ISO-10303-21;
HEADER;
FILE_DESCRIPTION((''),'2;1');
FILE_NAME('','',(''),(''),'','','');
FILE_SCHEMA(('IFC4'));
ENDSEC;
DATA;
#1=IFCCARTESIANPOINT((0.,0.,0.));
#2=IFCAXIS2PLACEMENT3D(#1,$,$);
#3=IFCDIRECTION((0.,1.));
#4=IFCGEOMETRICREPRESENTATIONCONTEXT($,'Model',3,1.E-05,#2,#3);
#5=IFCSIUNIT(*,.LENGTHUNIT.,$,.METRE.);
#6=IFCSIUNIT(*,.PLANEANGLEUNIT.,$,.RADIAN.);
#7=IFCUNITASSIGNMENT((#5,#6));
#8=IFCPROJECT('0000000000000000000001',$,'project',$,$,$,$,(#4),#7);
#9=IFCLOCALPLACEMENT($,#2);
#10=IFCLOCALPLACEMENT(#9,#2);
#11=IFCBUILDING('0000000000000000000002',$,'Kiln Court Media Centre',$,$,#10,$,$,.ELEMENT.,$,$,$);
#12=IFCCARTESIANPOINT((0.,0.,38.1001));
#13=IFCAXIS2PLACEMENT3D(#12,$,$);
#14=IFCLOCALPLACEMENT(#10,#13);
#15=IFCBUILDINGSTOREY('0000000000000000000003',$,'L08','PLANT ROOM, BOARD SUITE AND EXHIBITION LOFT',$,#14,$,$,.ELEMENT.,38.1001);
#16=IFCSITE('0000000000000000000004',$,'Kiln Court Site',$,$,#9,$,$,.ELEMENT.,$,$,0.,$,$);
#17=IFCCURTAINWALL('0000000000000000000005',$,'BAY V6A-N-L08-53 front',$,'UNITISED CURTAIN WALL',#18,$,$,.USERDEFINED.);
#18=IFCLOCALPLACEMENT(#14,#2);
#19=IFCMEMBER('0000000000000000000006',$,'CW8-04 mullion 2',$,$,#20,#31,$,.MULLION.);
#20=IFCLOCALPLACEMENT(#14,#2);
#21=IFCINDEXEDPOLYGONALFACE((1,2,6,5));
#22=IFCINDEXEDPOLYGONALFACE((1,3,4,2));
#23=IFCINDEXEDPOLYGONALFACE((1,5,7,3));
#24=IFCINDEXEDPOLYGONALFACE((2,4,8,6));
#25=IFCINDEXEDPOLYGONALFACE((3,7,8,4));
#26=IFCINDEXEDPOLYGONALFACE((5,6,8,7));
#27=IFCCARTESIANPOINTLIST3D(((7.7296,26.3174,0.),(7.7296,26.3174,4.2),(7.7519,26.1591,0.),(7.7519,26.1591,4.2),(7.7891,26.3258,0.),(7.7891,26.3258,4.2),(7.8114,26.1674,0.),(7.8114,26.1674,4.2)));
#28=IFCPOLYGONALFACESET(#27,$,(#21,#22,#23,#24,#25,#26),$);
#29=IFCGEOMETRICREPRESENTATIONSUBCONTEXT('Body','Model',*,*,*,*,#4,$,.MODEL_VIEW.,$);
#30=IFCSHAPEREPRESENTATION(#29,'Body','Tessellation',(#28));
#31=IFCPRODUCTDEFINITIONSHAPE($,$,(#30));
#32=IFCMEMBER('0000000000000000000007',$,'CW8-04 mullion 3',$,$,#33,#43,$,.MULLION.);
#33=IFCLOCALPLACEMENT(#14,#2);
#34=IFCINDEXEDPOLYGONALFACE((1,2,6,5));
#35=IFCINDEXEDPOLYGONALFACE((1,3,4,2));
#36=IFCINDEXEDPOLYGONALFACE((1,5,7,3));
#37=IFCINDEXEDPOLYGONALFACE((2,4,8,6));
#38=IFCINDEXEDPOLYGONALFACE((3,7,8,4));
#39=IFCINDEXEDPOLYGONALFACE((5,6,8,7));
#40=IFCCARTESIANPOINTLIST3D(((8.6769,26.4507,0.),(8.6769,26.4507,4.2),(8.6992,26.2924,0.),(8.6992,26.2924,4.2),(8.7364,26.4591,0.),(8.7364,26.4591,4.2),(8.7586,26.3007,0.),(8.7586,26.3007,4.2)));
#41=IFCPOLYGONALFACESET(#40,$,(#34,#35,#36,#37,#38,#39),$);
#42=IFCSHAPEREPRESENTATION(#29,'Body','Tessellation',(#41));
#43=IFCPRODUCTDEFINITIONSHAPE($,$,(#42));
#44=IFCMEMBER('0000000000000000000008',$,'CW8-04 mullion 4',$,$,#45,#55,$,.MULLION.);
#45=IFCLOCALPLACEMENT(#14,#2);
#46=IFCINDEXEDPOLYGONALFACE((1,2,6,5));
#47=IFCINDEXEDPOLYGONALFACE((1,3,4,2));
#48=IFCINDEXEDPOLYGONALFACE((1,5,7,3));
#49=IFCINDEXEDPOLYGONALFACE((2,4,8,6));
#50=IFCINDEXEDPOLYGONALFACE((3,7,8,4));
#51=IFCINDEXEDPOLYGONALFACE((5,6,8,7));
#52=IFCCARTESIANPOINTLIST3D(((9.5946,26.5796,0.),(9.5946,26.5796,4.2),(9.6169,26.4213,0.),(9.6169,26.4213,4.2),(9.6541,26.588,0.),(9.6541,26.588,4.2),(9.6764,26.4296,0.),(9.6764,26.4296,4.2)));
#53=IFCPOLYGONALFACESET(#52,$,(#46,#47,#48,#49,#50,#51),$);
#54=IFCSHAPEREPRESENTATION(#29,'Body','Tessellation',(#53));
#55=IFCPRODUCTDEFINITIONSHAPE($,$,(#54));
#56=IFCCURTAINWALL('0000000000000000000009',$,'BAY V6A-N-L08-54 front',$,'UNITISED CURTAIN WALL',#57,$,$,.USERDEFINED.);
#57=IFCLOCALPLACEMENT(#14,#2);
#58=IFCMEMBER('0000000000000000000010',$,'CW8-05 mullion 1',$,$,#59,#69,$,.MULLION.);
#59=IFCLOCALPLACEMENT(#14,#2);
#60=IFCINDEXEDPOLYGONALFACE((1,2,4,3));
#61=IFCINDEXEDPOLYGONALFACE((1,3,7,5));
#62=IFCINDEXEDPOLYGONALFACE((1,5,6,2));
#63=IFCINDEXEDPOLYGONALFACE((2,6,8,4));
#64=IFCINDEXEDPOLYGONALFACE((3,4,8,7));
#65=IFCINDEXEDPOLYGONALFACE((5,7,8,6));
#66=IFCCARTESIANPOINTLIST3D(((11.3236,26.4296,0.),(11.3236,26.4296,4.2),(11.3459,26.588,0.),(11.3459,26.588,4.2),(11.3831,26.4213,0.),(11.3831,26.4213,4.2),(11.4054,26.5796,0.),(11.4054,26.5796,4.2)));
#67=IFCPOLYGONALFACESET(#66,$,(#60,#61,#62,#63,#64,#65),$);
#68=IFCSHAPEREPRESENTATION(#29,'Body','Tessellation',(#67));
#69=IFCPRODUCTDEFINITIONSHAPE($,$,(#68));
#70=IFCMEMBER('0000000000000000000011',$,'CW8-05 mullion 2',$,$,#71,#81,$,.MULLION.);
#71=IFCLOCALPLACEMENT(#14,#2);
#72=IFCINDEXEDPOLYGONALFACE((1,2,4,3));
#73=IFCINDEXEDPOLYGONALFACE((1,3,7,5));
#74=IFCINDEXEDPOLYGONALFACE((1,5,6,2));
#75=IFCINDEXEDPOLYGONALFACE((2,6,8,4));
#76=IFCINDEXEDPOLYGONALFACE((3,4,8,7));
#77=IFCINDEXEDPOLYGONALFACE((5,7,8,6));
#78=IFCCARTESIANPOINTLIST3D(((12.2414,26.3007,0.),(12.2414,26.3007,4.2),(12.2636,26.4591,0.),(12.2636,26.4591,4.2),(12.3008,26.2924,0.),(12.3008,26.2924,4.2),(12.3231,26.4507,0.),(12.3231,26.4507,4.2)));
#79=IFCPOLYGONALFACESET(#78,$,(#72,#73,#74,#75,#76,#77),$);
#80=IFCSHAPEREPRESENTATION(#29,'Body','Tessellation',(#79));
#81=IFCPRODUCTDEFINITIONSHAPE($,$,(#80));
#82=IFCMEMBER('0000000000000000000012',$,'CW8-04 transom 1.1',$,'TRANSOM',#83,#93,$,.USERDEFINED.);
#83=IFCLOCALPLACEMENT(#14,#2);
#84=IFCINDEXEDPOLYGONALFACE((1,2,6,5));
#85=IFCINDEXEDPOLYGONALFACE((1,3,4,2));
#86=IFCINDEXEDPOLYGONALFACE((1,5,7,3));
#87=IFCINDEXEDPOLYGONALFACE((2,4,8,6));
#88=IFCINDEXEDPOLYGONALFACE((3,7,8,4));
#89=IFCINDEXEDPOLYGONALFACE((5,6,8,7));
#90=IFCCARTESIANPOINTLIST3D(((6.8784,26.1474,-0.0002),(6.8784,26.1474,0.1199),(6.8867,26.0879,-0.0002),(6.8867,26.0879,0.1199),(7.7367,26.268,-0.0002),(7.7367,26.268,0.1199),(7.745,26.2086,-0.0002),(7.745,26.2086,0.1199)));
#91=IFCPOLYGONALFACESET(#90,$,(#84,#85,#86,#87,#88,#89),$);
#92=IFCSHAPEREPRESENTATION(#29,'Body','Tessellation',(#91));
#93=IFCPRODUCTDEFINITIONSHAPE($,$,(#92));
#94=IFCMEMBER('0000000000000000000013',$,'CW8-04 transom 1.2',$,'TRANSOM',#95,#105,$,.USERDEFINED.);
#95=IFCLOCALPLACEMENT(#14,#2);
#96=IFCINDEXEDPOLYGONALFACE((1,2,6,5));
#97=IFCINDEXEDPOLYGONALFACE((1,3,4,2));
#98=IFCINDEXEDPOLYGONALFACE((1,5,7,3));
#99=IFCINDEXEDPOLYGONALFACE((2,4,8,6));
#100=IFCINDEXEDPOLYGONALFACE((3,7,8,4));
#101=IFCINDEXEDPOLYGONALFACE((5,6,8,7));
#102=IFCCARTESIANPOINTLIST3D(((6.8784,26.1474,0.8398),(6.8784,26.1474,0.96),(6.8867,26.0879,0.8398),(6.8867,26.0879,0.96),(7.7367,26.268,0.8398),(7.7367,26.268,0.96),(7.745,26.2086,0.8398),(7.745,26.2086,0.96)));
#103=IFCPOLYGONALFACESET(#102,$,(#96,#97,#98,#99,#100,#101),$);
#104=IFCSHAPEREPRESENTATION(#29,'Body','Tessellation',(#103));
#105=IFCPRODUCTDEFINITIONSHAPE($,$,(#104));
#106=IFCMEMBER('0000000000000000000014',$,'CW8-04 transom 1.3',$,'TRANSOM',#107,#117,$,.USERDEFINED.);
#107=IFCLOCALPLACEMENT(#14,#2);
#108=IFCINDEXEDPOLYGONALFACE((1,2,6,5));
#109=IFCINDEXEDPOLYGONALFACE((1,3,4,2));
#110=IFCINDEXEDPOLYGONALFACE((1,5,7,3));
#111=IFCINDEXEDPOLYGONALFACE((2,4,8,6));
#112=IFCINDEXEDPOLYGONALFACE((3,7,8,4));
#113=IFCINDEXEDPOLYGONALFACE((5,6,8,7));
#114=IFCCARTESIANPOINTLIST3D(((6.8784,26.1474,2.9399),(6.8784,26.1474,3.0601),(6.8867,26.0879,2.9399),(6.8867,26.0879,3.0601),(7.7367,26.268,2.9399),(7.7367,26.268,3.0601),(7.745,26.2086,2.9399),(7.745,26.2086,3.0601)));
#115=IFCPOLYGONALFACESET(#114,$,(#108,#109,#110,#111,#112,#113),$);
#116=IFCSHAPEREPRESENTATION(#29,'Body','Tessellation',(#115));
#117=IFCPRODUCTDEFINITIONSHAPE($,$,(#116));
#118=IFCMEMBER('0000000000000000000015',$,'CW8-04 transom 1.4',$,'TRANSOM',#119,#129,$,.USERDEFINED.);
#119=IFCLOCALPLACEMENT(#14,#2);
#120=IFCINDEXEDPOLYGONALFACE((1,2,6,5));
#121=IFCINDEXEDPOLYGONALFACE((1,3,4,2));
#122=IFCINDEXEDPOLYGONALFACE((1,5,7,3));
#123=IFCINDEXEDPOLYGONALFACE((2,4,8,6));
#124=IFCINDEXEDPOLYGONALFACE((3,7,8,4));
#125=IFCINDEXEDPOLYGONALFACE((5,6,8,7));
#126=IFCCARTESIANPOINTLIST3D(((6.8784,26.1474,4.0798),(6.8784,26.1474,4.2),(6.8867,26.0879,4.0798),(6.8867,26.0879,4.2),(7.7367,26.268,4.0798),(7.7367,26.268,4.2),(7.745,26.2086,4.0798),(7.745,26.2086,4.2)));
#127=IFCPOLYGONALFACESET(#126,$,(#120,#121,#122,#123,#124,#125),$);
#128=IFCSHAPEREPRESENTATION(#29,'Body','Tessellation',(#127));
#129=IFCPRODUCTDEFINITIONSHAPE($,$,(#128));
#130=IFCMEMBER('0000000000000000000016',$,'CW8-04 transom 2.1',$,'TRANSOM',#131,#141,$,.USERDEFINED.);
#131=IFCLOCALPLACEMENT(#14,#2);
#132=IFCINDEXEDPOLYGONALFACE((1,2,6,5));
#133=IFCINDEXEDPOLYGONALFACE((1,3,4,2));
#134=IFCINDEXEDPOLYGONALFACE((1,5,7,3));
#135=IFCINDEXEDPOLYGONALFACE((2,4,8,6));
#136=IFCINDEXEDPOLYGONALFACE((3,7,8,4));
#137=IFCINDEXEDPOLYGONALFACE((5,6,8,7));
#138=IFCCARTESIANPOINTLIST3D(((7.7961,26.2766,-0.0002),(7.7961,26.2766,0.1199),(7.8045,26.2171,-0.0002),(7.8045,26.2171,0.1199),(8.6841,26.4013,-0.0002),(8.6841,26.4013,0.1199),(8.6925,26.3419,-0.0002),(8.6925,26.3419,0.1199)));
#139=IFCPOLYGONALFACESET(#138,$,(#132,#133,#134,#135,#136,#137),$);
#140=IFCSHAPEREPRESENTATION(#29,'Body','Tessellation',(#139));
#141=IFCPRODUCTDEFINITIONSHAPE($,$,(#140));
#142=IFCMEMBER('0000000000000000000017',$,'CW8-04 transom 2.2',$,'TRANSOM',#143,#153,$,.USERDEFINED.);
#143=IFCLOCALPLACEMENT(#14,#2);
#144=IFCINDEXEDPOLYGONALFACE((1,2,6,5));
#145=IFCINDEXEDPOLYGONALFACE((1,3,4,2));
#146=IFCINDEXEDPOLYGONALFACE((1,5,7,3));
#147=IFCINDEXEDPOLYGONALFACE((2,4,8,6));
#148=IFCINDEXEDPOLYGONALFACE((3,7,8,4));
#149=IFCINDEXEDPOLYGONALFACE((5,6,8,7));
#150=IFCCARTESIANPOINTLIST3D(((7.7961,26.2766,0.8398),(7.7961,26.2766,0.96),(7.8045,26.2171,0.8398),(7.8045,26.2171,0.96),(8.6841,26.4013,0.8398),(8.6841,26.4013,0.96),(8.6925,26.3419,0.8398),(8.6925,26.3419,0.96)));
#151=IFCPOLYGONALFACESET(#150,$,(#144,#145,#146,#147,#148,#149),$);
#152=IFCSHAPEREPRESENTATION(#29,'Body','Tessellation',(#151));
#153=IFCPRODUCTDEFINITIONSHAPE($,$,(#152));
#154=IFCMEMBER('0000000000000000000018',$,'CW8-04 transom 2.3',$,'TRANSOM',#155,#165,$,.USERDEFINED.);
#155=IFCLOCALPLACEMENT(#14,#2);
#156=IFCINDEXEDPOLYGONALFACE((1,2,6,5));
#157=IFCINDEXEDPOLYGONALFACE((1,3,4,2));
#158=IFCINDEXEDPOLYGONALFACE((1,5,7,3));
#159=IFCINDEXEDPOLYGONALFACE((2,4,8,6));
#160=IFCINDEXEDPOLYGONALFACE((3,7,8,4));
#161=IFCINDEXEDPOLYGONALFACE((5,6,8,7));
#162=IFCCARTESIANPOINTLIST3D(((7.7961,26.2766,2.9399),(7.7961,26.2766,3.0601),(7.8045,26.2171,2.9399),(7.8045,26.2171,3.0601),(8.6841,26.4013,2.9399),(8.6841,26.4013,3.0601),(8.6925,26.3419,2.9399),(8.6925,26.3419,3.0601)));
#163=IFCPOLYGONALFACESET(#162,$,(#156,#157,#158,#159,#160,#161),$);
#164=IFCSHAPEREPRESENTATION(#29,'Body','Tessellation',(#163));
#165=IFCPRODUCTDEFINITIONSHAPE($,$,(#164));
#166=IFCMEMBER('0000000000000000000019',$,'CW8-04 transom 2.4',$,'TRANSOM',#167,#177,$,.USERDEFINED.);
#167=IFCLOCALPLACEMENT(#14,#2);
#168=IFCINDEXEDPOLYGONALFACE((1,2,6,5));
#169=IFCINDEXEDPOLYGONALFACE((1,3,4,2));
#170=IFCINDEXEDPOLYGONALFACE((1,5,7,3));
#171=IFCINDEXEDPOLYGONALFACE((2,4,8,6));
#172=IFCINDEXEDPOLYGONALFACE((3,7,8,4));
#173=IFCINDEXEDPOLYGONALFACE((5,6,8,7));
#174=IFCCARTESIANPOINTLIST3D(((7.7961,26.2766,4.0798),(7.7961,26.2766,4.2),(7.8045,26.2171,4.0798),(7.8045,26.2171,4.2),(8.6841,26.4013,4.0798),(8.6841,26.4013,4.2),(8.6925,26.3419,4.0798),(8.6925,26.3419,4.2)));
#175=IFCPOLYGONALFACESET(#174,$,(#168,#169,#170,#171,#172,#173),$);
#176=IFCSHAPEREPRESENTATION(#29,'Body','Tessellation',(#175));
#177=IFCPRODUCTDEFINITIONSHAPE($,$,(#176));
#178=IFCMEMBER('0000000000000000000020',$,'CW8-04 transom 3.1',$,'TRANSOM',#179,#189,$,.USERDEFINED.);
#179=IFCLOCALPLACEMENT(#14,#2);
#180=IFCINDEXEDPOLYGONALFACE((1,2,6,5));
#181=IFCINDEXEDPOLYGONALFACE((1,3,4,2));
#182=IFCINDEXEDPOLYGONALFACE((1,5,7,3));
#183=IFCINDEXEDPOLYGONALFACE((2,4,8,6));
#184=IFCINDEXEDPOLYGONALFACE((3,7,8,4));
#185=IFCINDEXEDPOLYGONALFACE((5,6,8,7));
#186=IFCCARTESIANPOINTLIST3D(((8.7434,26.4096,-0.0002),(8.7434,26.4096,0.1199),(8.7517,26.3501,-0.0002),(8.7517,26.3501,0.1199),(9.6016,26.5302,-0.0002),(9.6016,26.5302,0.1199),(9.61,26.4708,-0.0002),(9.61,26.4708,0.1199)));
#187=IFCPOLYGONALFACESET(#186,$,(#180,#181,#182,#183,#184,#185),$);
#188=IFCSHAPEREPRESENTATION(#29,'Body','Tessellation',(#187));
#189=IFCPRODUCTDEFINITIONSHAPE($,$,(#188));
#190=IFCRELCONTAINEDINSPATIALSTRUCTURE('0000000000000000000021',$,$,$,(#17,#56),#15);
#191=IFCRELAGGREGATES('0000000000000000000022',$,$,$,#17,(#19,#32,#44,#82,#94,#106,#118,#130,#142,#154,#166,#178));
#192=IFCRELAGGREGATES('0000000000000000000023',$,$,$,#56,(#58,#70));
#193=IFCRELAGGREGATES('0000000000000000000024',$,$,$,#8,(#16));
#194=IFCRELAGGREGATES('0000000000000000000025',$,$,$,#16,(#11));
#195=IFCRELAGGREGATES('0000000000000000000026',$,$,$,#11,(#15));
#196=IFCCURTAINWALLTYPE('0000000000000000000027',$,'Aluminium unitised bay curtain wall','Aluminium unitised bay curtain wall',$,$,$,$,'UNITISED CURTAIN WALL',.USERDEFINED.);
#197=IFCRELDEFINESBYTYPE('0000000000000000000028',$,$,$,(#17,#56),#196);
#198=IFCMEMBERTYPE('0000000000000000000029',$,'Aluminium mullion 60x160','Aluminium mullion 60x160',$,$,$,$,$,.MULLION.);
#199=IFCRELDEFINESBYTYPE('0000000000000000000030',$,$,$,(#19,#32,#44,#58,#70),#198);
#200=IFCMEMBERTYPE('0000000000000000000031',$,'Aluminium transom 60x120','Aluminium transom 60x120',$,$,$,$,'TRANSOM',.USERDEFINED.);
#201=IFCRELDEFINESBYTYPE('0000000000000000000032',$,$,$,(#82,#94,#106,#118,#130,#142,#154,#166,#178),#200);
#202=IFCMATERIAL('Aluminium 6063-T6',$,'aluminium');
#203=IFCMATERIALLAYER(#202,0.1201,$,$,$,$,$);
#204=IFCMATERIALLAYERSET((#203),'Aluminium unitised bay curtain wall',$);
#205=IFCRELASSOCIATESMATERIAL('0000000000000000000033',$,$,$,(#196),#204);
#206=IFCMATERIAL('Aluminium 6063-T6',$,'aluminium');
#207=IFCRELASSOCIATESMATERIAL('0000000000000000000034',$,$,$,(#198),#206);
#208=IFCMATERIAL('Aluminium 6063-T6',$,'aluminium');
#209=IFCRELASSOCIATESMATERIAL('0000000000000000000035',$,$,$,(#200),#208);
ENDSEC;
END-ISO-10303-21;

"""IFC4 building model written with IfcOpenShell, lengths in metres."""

from ifc_helpers import new_model, si_unit, direction, frame, origin, origin_2d, place, context, subcontext, project, spatial, rectangle, extrude, material, layer, layer_set, material_profile, profile_set, type_object, element, aggregate, save


model = new_model("IFC4")

# Units and contexts
model_context = context("Model", 3, precision=1e-05, world=origin(), true_north=direction((0.0, 1.0)))
body_context = subcontext(model_context, "Body", "Model", "MODEL_VIEW")
ifc_project = project(units=[si_unit("LENGTHUNIT", "METRE"), si_unit("PLANEANGLEUNIT", "RADIAN")], contexts=[model_context])

# Site, building, storey
site_placement = place(None, origin())
site = spatial("IfcSite", under=ifc_project, at=site_placement, Name="Kiln Court Site", CompositionType="ELEMENT", RefElevation=0.0)
building_placement = place(site_placement, origin())
building = spatial("IfcBuilding", under=site, at=building_placement, Name="Kiln Court Media Centre", CompositionType="ELEMENT")
storey_placement = place(building_placement, frame((0.0, 0.0, 38.1001)))
storey = spatial("IfcBuildingStorey", under=building, at=storey_placement, Name="L08", Description="PLANT ROOM, BOARD SUITE AND EXHIBITION LOFT", CompositionType="ELEMENT", Elevation=38.1001)

# Curtain walls, members
ifc_material_1 = material(Name="Aluminium 6063-T6", Category="aluminium")
ifc_layer_1 = layer(ifc_material_1, 0.1201)
ifc_layer_set_1 = layer_set([ifc_layer_1], Name="Aluminium unitised bay curtain wall")
curtain_wall_type = type_object("IfcCurtainWallType", Name="Aluminium unitised bay curtain wall", Description="Aluminium unitised bay curtain wall", ElementType="UNITISED CURTAIN WALL", PredefinedType="USERDEFINED", material=ifc_layer_set_1)
curtain_wall_1_placement = place(storey_placement, origin())
curtain_wall_1 = element("IfcCurtainWall", 1, at=curtain_wall_1_placement, inside=storey, type_object=curtain_wall_type, Name="BAY V6A-N-L08-53 front", ObjectType="UNITISED CURTAIN WALL", PredefinedType="USERDEFINED")
ifc_material_2 = material(Name="Aluminium 6063-T6", Category="aluminium")
ifc_material_profile_1 = material_profile(ifc_material_2, rectangle(XDim=0.0601, YDim=0.1599, at=origin_2d()), Name="Aluminium mullion 60x160")
ifc_profile_set_1 = profile_set([ifc_material_profile_1], Name="Aluminium 6063-T6")
member_type_1 = type_object("IfcMemberType", Name="Aluminium mullion 60x160", Description="Aluminium mullion 60x160", PredefinedType="MULLION", material=ifc_profile_set_1)
member_1_placement = place(storey_placement, frame((7.7705, 26.2424, 0.0), z_axis=(0.0, 0.0, 1.0), x_axis=(0.99027, 0.139162, 0.0)))
member_1 = element("IfcMember", 2, at=member_1_placement, type_object=member_type_1, Name="CW8-04 mullion 2", PredefinedType="MULLION", context=body_context, shape_type="SweptSolid", body=[
    extrude(rectangle(XDim=0.0601, YDim=0.1599, at=origin_2d()), origin(), (0.0, 0.0, 1.0), 4.2),
])
member_2_placement = place(storey_placement, frame((8.7178, 26.3757, 0.0), z_axis=(0.0, 0.0, 1.0), x_axis=(0.99027, 0.139162, 0.0)))
member_2 = element("IfcMember", 3, at=member_2_placement, type_object=member_type_1, Name="CW8-04 mullion 3", PredefinedType="MULLION", context=body_context, shape_type="SweptSolid", body=[
    extrude(rectangle(XDim=0.0601, YDim=0.1599, at=origin_2d()), origin(), (0.0, 0.0, 1.0), 4.2),
])
member_3_placement = place(storey_placement, frame((9.6355, 26.5046, 0.0), z_axis=(0.0, 0.0, 1.0), x_axis=(0.99027, 0.139162, 0.0)))
member_3 = element("IfcMember", 4, at=member_3_placement, type_object=member_type_1, Name="CW8-04 mullion 4", PredefinedType="MULLION", context=body_context, shape_type="SweptSolid", body=[
    extrude(rectangle(XDim=0.0601, YDim=0.1599, at=origin_2d()), origin(), (0.0, 0.0, 1.0), 4.2),
])
curtain_wall_2_placement = place(storey_placement, origin())
curtain_wall_2 = element("IfcCurtainWall", 5, at=curtain_wall_2_placement, inside=storey, type_object=curtain_wall_type, Name="BAY V6A-N-L08-54 front", ObjectType="UNITISED CURTAIN WALL", PredefinedType="USERDEFINED")
member_4_placement = place(storey_placement, frame((11.3645, 26.5046, 0.0), z_axis=(0.0, 0.0, 1.0), x_axis=(0.99027, -0.139162, 0.0)))
member_4 = element("IfcMember", 6, at=member_4_placement, type_object=member_type_1, Name="CW8-05 mullion 1", PredefinedType="MULLION", context=body_context, shape_type="SweptSolid", body=[
    extrude(rectangle(XDim=0.0601, YDim=0.1599, at=origin_2d()), origin(), (0.0, 0.0, 1.0), 4.2),
])
member_5_placement = place(storey_placement, frame((12.2822, 26.3757, 0.0), z_axis=(0.0, 0.0, 1.0), x_axis=(0.99027, -0.139162, 0.0)))
member_5 = element("IfcMember", 7, at=member_5_placement, type_object=member_type_1, Name="CW8-05 mullion 2", PredefinedType="MULLION", context=body_context, shape_type="SweptSolid", body=[
    extrude(rectangle(XDim=0.0601, YDim=0.1599, at=origin_2d()), origin(), (0.0, 0.0, 1.0), 4.2),
])

# Members
ifc_material_3 = material(Name="Aluminium 6063-T6", Category="aluminium")
ifc_material_profile_2 = material_profile(ifc_material_3, rectangle(XDim=0.0601, YDim=0.1201, at=origin_2d()), Name="Aluminium transom 60x120")
ifc_profile_set_2 = profile_set([ifc_material_profile_2], Name="Aluminium 6063-T6")
member_type_2 = type_object("IfcMemberType", Name="Aluminium transom 60x120", Description="Aluminium transom 60x120", ElementType="TRANSOM", PredefinedType="USERDEFINED", material=ifc_profile_set_2)
member_6_placement = place(storey_placement, frame((6.8826, 26.1177, 0.0598), z_axis=(0.990268, 0.139173, 0.0), x_axis=(-0.139173, 0.990268, 0.0)))
member_6 = element("IfcMember", 8, at=member_6_placement, type_object=member_type_2, Name="CW8-04 transom 1.1", ObjectType="TRANSOM", PredefinedType="USERDEFINED", context=body_context, shape_type="SweptSolid", body=[
    extrude(rectangle(XDim=0.0601, YDim=0.1201, at=origin_2d()), origin(), (0.0, 0.0, 1.0), 0.8667),
])
member_7_placement = place(storey_placement, frame((6.8826, 26.1177, 0.8999), z_axis=(0.990268, 0.139173, 0.0), x_axis=(-0.139173, 0.990268, 0.0)))
member_7 = element("IfcMember", 9, at=member_7_placement, type_object=member_type_2, Name="CW8-04 transom 1.2", ObjectType="TRANSOM", PredefinedType="USERDEFINED", context=body_context, shape_type="SweptSolid", body=[
    extrude(rectangle(XDim=0.0601, YDim=0.1201, at=origin_2d()), origin(), (0.0, 0.0, 1.0), 0.8667),
])
member_8_placement = place(storey_placement, frame((6.8826, 26.1177, 3.0), z_axis=(0.990268, 0.139173, 0.0), x_axis=(-0.139173, 0.990268, 0.0)))
member_8 = element("IfcMember", 10, at=member_8_placement, type_object=member_type_2, Name="CW8-04 transom 1.3", ObjectType="TRANSOM", PredefinedType="USERDEFINED", context=body_context, shape_type="SweptSolid", body=[
    extrude(rectangle(XDim=0.0601, YDim=0.1201, at=origin_2d()), origin(), (0.0, 0.0, 1.0), 0.8667),
])
member_9_placement = place(storey_placement, frame((6.8826, 26.1177, 4.1399), z_axis=(0.990268, 0.139173, 0.0), x_axis=(-0.139173, 0.990268, 0.0)))
member_9 = element("IfcMember", 11, at=member_9_placement, type_object=member_type_2, Name="CW8-04 transom 1.4", ObjectType="TRANSOM", PredefinedType="USERDEFINED", context=body_context, shape_type="SweptSolid", body=[
    extrude(rectangle(XDim=0.0601, YDim=0.1201, at=origin_2d()), origin(), (0.0, 0.0, 1.0), 0.8667),
])
member_10_placement = place(storey_placement, frame((7.8003, 26.2468, 0.0598), z_axis=(0.990274, 0.139134, 0.0), x_axis=(-0.139134, 0.990274, 0.0)))
member_10 = element("IfcMember", 12, at=member_10_placement, type_object=member_type_2, Name="CW8-04 transom 2.1", ObjectType="TRANSOM", PredefinedType="USERDEFINED", context=body_context, shape_type="SweptSolid", body=[
    extrude(rectangle(XDim=0.0601, YDim=0.1201, at=origin_2d()), origin(), (0.0, 0.0, 1.0), 0.8967),
])
member_11_placement = place(storey_placement, frame((7.8003, 26.2468, 0.8999), z_axis=(0.990274, 0.139134, 0.0), x_axis=(-0.139134, 0.990274, 0.0)))
member_11 = element("IfcMember", 13, at=member_11_placement, type_object=member_type_2, Name="CW8-04 transom 2.2", ObjectType="TRANSOM", PredefinedType="USERDEFINED", context=body_context, shape_type="SweptSolid", body=[
    extrude(rectangle(XDim=0.0601, YDim=0.1201, at=origin_2d()), origin(), (0.0, 0.0, 1.0), 0.8967),
])
member_12_placement = place(storey_placement, frame((7.8003, 26.2468, 3.0), z_axis=(0.990274, 0.139134, 0.0), x_axis=(-0.139134, 0.990274, 0.0)))
member_12 = element("IfcMember", 14, at=member_12_placement, type_object=member_type_2, Name="CW8-04 transom 2.3", ObjectType="TRANSOM", PredefinedType="USERDEFINED", context=body_context, shape_type="SweptSolid", body=[
    extrude(rectangle(XDim=0.0601, YDim=0.1201, at=origin_2d()), origin(), (0.0, 0.0, 1.0), 0.8967),
])
member_13_placement = place(storey_placement, frame((7.8003, 26.2468, 4.1399), z_axis=(0.990274, 0.139134, 0.0), x_axis=(-0.139134, 0.990274, 0.0)))
member_13 = element("IfcMember", 15, at=member_13_placement, type_object=member_type_2, Name="CW8-04 transom 2.4", ObjectType="TRANSOM", PredefinedType="USERDEFINED", context=body_context, shape_type="SweptSolid", body=[
    extrude(rectangle(XDim=0.0601, YDim=0.1201, at=origin_2d()), origin(), (0.0, 0.0, 1.0), 0.8967),
])
member_14_placement = place(storey_placement, frame((8.7476, 26.3799, 0.0598), z_axis=(0.990268, 0.139173, 0.0), x_axis=(-0.139173, 0.990268, 0.0)))
member_14 = element("IfcMember", 16, at=member_14_placement, type_object=member_type_2, Name="CW8-04 transom 3.1", ObjectType="TRANSOM", PredefinedType="USERDEFINED", context=body_context, shape_type="SweptSolid", body=[
    extrude(rectangle(XDim=0.0601, YDim=0.1201, at=origin_2d()), origin(), (0.0, 0.0, 1.0), 0.8667),
])

aggregate(curtain_wall_1, [member_1, member_2, member_3, member_6, member_7, member_8, member_9, member_10, member_11, member_12, member_13, member_14])
aggregate(curtain_wall_2, [member_4, member_5])

save(model, "model.ifc")
